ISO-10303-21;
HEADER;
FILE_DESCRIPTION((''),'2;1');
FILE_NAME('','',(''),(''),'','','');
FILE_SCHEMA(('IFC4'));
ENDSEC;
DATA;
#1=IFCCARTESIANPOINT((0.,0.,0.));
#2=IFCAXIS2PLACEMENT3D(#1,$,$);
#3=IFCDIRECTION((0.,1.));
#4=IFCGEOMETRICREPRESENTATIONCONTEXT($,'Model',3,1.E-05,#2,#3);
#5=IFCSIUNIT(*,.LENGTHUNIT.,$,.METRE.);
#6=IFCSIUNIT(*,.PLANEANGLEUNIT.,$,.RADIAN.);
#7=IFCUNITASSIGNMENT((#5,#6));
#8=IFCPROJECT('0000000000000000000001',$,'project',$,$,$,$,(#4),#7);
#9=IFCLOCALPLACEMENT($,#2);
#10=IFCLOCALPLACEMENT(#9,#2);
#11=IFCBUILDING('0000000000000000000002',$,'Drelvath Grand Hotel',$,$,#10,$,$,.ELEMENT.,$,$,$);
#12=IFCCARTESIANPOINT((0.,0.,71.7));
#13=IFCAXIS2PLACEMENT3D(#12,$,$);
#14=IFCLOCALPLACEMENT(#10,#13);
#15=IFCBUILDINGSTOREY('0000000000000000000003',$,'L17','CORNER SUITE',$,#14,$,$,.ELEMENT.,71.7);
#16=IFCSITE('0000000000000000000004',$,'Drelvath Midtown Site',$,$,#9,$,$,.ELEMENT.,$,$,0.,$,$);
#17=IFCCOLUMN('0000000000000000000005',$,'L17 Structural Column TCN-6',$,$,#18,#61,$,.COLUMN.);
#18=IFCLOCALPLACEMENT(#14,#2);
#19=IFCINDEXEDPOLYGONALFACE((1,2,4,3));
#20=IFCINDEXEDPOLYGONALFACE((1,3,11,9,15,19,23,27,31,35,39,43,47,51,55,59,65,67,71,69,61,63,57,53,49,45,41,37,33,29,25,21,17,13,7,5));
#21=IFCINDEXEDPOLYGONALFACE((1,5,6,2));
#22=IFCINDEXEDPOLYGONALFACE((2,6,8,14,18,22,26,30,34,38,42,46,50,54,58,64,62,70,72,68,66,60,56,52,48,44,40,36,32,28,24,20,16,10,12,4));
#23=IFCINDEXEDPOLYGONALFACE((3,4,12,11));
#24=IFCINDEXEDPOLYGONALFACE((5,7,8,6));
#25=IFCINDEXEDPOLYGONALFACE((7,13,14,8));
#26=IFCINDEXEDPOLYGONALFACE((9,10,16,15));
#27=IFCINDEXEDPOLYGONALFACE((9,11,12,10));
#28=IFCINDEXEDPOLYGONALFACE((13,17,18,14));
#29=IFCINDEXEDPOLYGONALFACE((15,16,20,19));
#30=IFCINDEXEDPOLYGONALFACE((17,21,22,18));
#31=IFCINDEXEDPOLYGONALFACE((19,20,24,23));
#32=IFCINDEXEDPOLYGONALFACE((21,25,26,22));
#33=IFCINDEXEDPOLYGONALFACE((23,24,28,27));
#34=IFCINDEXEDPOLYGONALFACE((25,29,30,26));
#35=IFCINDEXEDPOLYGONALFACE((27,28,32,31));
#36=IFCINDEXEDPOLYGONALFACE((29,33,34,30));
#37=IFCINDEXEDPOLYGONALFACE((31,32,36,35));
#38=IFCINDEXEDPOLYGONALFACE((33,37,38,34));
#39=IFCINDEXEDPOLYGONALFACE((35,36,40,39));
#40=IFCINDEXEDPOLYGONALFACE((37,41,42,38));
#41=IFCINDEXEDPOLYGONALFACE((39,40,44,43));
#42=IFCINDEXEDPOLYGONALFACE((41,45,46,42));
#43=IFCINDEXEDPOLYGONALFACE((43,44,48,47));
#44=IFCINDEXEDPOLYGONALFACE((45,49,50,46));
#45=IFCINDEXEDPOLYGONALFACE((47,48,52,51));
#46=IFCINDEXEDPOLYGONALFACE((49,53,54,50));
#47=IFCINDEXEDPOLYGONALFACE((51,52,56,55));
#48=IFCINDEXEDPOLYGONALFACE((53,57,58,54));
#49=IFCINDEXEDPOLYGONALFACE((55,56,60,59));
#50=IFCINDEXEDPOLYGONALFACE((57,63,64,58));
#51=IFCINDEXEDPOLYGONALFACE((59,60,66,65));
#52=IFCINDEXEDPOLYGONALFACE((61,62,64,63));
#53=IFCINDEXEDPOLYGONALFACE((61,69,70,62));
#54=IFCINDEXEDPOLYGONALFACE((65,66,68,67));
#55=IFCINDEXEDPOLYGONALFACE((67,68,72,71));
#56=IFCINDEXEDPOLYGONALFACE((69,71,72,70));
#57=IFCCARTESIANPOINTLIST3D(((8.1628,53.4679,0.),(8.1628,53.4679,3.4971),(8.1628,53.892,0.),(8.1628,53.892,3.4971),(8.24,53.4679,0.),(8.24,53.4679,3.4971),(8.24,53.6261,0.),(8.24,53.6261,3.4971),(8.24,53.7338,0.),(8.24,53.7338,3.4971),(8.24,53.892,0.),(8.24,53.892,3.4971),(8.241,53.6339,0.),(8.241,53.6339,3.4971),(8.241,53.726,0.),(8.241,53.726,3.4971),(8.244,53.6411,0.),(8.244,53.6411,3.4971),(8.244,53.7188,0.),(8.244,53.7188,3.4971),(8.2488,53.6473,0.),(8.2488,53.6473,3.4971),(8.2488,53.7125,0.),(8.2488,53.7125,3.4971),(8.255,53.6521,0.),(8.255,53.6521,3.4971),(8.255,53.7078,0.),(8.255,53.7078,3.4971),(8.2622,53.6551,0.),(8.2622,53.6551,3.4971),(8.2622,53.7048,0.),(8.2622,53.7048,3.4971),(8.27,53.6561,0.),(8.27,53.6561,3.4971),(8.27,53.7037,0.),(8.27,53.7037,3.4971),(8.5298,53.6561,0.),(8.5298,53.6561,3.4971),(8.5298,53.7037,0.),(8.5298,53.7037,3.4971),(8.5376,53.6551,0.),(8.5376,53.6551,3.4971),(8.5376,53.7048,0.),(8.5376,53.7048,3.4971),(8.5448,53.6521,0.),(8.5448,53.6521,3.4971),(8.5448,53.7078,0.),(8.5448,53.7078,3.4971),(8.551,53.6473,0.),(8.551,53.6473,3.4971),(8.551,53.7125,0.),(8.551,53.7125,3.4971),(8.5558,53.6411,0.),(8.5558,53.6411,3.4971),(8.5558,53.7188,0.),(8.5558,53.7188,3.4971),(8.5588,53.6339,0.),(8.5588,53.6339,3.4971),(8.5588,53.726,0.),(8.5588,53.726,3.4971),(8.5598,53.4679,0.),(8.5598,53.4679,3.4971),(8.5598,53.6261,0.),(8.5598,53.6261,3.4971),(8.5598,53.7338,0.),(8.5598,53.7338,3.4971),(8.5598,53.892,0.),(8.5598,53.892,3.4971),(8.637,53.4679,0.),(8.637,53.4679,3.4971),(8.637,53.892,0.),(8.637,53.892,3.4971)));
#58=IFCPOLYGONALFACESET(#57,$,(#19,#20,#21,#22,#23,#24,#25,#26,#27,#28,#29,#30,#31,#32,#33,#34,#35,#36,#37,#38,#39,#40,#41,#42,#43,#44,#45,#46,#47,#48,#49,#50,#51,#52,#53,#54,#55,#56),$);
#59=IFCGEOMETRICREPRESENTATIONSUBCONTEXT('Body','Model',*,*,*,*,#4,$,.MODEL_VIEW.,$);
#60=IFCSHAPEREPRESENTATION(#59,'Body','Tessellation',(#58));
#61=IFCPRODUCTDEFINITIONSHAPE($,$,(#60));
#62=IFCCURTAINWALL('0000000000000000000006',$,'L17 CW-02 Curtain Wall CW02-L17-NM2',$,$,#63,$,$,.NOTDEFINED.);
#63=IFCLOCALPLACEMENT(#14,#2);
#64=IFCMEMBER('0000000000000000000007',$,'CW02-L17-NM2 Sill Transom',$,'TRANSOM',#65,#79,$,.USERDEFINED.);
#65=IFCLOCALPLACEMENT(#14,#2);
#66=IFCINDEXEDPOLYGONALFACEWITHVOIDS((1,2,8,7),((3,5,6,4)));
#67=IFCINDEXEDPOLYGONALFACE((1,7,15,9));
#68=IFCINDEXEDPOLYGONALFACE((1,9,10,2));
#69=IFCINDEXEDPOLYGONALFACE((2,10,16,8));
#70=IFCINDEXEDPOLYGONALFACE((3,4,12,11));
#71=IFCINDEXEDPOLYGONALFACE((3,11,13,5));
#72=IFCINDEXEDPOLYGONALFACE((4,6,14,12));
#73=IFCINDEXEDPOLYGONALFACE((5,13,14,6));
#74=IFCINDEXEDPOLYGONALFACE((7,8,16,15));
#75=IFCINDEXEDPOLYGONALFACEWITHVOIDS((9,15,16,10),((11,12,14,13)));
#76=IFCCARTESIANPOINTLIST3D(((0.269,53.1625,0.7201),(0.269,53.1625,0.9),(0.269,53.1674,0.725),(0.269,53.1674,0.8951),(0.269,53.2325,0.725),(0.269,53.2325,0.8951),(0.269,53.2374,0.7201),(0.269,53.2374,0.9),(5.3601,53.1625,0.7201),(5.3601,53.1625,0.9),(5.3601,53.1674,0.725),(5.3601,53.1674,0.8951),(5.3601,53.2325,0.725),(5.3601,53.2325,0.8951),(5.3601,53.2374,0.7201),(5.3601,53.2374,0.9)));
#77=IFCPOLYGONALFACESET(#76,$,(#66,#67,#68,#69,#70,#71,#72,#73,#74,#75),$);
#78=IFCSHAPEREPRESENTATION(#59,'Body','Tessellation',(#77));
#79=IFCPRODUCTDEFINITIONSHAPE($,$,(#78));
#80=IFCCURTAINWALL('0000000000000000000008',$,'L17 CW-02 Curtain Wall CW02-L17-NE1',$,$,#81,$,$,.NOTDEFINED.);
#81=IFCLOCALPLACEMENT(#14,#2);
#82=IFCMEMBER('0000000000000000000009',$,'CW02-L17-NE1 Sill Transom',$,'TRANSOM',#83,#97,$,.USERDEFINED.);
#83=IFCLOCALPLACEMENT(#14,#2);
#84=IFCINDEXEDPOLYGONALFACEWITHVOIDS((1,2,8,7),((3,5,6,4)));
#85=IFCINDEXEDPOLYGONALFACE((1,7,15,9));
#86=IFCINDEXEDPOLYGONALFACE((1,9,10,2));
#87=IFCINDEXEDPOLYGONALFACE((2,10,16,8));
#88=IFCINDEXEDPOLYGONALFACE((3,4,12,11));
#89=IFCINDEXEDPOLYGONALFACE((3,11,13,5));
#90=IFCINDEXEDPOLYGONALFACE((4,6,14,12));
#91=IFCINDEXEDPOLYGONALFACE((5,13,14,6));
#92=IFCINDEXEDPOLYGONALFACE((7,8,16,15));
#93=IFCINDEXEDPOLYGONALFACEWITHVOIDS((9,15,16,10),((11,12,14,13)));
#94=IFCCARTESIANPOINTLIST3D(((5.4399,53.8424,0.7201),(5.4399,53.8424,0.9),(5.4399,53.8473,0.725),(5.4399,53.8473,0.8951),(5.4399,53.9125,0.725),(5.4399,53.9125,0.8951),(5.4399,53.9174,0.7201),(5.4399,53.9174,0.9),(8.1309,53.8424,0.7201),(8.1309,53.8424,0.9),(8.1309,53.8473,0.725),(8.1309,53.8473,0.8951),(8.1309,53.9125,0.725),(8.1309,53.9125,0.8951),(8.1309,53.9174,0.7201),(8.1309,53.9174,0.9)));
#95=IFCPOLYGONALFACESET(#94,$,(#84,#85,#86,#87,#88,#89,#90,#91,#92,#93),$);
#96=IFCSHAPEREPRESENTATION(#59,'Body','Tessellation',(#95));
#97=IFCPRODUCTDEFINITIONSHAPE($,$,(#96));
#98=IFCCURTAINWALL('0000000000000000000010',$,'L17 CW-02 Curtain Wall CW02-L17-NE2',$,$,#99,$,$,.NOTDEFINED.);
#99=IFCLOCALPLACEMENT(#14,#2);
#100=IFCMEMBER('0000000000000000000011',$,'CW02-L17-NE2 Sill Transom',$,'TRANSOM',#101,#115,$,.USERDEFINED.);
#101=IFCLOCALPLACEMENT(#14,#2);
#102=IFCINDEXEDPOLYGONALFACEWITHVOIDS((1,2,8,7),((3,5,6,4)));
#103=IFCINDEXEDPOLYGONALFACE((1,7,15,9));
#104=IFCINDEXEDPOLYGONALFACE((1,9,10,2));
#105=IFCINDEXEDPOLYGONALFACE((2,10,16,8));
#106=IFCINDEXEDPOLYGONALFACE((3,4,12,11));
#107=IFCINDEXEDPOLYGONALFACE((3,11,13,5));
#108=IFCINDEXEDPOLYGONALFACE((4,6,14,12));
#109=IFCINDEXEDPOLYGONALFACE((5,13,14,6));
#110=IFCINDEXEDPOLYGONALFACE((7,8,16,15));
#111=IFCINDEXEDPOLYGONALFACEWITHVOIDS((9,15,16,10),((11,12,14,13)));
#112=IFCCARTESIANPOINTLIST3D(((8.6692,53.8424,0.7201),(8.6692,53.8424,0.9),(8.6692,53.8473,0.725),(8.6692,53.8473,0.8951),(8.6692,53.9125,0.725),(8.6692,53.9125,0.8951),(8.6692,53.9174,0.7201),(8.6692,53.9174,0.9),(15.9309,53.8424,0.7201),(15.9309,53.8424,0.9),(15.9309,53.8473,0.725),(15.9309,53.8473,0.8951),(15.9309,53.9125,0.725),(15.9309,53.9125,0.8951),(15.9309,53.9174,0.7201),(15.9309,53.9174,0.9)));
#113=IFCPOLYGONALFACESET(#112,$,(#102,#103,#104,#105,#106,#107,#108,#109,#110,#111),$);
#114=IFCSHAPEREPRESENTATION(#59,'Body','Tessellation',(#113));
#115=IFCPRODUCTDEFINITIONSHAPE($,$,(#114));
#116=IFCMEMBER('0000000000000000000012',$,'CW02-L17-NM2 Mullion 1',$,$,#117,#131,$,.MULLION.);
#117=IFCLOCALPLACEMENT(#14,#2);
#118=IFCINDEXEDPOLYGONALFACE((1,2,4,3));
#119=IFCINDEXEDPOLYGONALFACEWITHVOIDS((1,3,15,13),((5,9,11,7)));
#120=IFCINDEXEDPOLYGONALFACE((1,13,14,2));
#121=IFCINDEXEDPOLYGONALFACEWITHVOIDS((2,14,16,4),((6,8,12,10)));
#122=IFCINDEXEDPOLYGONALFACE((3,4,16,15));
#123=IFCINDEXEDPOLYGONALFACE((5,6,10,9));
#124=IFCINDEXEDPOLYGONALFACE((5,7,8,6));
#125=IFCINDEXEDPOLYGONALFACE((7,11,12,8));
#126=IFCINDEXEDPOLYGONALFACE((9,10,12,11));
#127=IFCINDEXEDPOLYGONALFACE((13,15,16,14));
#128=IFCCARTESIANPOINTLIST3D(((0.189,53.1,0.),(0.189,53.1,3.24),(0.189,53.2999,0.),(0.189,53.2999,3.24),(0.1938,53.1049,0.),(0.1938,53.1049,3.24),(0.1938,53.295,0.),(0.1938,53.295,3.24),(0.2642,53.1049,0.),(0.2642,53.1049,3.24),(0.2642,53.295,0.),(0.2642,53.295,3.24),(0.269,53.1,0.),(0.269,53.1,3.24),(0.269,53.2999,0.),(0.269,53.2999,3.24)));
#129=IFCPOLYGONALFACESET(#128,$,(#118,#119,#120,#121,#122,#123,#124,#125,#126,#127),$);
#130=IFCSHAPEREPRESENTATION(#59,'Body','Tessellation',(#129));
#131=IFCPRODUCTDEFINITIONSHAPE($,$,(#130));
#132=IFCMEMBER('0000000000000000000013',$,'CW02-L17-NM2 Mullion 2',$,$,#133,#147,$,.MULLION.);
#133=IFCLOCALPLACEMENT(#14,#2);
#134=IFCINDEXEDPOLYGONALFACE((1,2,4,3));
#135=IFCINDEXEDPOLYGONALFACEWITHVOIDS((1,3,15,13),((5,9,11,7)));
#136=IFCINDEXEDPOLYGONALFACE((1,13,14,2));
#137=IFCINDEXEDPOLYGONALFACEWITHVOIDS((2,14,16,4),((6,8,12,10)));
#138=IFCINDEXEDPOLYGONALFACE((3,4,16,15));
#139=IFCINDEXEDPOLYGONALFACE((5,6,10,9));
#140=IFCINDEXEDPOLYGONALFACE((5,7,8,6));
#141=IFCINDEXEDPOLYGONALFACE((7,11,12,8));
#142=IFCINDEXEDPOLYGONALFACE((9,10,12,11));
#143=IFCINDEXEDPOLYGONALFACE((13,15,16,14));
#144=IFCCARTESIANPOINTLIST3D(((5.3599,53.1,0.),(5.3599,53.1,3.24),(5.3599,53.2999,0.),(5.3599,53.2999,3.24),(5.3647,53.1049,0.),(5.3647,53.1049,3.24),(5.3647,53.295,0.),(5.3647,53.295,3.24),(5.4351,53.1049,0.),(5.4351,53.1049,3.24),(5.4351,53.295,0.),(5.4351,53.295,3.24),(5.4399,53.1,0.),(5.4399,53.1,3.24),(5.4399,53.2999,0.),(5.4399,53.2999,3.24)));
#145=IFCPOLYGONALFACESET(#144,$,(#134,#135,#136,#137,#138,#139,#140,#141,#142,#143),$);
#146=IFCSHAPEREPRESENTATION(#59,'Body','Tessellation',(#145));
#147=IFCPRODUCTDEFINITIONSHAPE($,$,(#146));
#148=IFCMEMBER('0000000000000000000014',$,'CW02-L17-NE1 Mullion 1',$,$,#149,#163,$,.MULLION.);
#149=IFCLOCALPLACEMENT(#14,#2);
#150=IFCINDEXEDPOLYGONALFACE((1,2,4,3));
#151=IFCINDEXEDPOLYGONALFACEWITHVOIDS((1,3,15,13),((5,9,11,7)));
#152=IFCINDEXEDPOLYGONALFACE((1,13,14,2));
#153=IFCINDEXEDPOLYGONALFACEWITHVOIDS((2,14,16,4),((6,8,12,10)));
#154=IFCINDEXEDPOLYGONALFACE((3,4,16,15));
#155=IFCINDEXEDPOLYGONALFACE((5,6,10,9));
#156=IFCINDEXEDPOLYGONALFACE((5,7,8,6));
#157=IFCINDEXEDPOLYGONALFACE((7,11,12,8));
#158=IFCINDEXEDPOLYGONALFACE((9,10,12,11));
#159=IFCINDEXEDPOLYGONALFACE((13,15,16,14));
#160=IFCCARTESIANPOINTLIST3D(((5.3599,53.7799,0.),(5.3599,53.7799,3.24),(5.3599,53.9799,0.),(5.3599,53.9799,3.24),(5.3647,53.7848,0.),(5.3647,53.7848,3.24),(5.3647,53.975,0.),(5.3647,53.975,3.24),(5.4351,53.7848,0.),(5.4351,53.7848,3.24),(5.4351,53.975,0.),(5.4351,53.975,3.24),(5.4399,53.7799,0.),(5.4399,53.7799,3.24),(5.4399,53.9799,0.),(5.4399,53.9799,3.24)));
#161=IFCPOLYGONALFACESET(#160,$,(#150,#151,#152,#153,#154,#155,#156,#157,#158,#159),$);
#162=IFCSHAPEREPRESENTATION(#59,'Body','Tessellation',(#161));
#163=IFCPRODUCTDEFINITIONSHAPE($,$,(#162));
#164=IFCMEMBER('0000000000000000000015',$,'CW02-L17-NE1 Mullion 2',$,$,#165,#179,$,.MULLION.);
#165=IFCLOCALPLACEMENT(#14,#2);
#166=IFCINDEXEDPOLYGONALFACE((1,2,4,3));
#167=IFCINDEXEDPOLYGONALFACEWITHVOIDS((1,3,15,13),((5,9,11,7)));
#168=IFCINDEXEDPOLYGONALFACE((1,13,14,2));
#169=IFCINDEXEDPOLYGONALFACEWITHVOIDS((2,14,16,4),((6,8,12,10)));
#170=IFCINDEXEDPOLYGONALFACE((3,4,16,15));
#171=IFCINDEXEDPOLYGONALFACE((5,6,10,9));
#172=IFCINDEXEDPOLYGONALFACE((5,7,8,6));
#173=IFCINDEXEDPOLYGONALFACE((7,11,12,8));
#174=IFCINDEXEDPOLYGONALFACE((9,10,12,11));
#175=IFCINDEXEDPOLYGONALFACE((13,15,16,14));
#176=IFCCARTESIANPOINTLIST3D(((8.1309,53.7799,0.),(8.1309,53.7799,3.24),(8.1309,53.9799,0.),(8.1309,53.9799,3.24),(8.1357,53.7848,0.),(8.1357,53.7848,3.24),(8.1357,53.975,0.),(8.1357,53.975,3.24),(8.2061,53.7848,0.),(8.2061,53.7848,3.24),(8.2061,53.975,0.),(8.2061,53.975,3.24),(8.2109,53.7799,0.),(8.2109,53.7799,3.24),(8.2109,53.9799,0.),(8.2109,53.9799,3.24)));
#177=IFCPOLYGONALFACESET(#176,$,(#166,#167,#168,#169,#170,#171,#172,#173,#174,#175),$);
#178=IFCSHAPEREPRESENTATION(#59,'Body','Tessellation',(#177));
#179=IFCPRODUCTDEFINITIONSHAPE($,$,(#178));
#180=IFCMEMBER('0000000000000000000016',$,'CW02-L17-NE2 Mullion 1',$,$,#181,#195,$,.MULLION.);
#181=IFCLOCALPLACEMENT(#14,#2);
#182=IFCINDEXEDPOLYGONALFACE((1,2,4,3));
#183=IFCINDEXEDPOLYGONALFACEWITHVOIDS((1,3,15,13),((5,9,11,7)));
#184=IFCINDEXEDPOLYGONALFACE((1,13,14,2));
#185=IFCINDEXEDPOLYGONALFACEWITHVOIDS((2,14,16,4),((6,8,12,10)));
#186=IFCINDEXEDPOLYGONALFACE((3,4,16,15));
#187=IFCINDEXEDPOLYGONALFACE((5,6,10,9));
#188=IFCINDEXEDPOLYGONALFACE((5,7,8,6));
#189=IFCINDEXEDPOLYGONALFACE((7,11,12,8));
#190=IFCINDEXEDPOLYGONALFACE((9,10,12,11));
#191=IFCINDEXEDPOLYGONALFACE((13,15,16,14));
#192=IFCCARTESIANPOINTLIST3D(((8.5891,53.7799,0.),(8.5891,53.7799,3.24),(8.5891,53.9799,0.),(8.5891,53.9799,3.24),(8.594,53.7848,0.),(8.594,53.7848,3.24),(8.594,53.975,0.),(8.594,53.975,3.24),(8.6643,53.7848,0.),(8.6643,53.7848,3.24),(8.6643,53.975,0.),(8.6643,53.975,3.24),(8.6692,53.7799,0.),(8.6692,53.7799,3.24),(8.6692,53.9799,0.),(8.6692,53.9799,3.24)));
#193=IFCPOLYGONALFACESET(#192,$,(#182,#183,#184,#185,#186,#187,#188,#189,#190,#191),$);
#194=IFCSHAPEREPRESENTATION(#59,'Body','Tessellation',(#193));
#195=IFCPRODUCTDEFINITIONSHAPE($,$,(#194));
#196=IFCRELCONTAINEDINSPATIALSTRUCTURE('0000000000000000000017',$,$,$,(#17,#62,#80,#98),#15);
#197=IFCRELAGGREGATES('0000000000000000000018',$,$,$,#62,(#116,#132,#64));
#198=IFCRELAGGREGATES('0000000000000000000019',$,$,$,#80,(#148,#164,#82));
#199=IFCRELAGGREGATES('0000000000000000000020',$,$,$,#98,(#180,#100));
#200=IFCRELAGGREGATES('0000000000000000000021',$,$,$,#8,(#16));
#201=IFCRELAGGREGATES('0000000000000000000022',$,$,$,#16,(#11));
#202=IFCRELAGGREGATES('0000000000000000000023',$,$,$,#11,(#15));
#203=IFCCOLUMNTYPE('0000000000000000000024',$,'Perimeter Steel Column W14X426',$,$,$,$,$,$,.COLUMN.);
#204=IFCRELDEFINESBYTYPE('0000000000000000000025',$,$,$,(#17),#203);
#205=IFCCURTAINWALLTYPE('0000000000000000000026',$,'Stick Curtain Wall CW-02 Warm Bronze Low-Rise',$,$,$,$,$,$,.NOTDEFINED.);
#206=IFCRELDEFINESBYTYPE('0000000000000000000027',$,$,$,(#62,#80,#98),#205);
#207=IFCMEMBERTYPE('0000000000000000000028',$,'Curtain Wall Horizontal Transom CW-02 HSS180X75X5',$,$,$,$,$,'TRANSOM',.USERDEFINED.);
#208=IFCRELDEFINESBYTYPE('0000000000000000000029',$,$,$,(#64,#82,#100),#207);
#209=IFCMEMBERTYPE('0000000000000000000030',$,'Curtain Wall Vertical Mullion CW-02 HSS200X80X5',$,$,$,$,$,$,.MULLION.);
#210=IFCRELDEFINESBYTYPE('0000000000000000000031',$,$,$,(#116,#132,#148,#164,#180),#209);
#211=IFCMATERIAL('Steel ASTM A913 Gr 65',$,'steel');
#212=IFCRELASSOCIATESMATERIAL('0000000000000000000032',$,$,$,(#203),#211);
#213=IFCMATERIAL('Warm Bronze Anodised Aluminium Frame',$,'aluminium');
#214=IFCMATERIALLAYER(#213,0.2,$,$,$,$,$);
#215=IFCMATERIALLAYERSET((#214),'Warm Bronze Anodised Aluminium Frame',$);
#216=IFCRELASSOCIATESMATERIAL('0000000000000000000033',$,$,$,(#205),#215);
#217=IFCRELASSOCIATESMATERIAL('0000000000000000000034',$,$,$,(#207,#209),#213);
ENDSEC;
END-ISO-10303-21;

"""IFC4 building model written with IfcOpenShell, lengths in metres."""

from ifc_helpers import new_model, si_unit, direction, frame, origin, origin_2d, place, context, subcontext, project, spatial, hollow_rectangle, i_section, extrude, material, layer, layer_set, material_profile, profile_set, type_object, element, aggregate, save


model = new_model("IFC4")

# Units and contexts
model_context = context("Model", 3, precision=1e-05, world=origin(), true_north=direction((0.0, 1.0)))
body_context = subcontext(model_context, "Body", "Model", "MODEL_VIEW")
ifc_project = project(units=[si_unit("LENGTHUNIT", "METRE"), si_unit("PLANEANGLEUNIT", "RADIAN")], contexts=[model_context])

# Site, building, storey
site_placement = place(None, origin())
site = spatial("IfcSite", under=ifc_project, at=site_placement, Name="Drelvath Midtown Site", CompositionType="ELEMENT", RefElevation=0.0)
building_placement = place(site_placement, origin())
building = spatial("IfcBuilding", under=site, at=building_placement, Name="Drelvath Grand Hotel", CompositionType="ELEMENT")
storey_placement = place(building_placement, frame((0.0, 0.0, 71.7)))
storey = spatial("IfcBuildingStorey", under=building, at=storey_placement, Name="L17", Description="CORNER SUITE", CompositionType="ELEMENT", Elevation=71.7)

# Column
ifc_material_1 = material(Name="Steel ASTM A913 Gr 65", Category="steel")
ifc_material_profile_1 = material_profile(ifc_material_1, i_section(OverallWidth=0.4241, OverallDepth=0.4741, WebThickness=0.0476, FlangeThickness=0.0771, FilletRadius=0.03, at=origin_2d()), Name="W14X426")
ifc_profile_set_1 = profile_set([ifc_material_profile_1], Name="Steel ASTM A913 Gr 65")
column_type = type_object("IfcColumnType", Name="Perimeter Steel Column W14X426", PredefinedType="COLUMN", material=ifc_profile_set_1)
column_placement = place(storey_placement, frame((8.3999, 53.6799, 0.0), z_axis=(0.0, 0.0, 1.0), x_axis=(0.0, 1.0, 0.0)))
element("IfcColumn", 1, at=column_placement, inside=storey, type_object=column_type, Name="L17 Structural Column TCN-6", PredefinedType="COLUMN", context=body_context, shape_type="SweptSolid", body=[
    extrude(i_section(OverallWidth=0.4241, OverallDepth=0.4741, WebThickness=0.0476, FlangeThickness=0.0771, FilletRadius=0.03, at=origin_2d()), origin(), (0.0, 0.0, 1.0), 3.4971),
])

# Curtain walls, members
ifc_material_2 = material(Name="Warm Bronze Anodised Aluminium Frame", Category="aluminium")
ifc_layer_1 = layer(ifc_material_2, 0.2)
ifc_layer_set_1 = layer_set([ifc_layer_1], Name="Warm Bronze Anodised Aluminium Frame")
curtain_wall_type = type_object("IfcCurtainWallType", Name="Stick Curtain Wall CW-02 Warm Bronze Low-Rise", PredefinedType="NOTDEFINED", material=ifc_layer_set_1)
curtain_wall_1_placement = place(storey_placement, origin())
curtain_wall_1 = element("IfcCurtainWall", 2, at=curtain_wall_1_placement, inside=storey, type_object=curtain_wall_type, Name="L17 CW-02 Curtain Wall CW02-L17-NM2", PredefinedType="NOTDEFINED")
ifc_material_profile_2 = material_profile(ifc_material_2, hollow_rectangle(XDim=0.075, YDim=0.1799, WallThickness=0.0049, at=origin_2d()), Name="HSS180X75X5")
ifc_profile_set_2 = profile_set([ifc_material_profile_2], Name="Warm Bronze Anodised Aluminium Frame")
member_type_1 = type_object("IfcMemberType", Name="Curtain Wall Horizontal Transom CW-02 HSS180X75X5", ElementType="TRANSOM", PredefinedType="USERDEFINED", material=ifc_profile_set_2)
member_1_placement = place(storey_placement, frame((0.269, 53.2, 0.8101), z_axis=(1.0, 0.0, 0.0), x_axis=(0.0, 1.0, 0.0)))
member_1 = element("IfcMember", 3, at=member_1_placement, type_object=member_type_1, Name="CW02-L17-NM2 Sill Transom", ObjectType="TRANSOM", PredefinedType="USERDEFINED", context=body_context, shape_type="SweptSolid", body=[
    extrude(hollow_rectangle(XDim=0.075, YDim=0.1799, WallThickness=0.0049, at=origin_2d()), origin(), (0.0, 0.0, 1.0), 5.0911),
])
curtain_wall_2_placement = place(storey_placement, origin())
curtain_wall_2 = element("IfcCurtainWall", 4, at=curtain_wall_2_placement, inside=storey, type_object=curtain_wall_type, Name="L17 CW-02 Curtain Wall CW02-L17-NE1", PredefinedType="NOTDEFINED")
member_2_placement = place(storey_placement, frame((5.4399, 53.8799, 0.8101), z_axis=(1.0, 0.0, 0.0), x_axis=(0.0, 1.0, 0.0)))
member_2 = element("IfcMember", 5, at=member_2_placement, type_object=member_type_1, Name="CW02-L17-NE1 Sill Transom", ObjectType="TRANSOM", PredefinedType="USERDEFINED", context=body_context, shape_type="SweptSolid", body=[
    extrude(hollow_rectangle(XDim=0.075, YDim=0.1799, WallThickness=0.0049, at=origin_2d()), origin(), (0.0, 0.0, 1.0), 2.6909),
])
curtain_wall_3_placement = place(storey_placement, origin())
curtain_wall_3 = element("IfcCurtainWall", 6, at=curtain_wall_3_placement, inside=storey, type_object=curtain_wall_type, Name="L17 CW-02 Curtain Wall CW02-L17-NE2", PredefinedType="NOTDEFINED")
member_3_placement = place(storey_placement, frame((8.6692, 53.8799, 0.8101), z_axis=(1.0, 0.0, 0.0), x_axis=(0.0, 1.0, 0.0)))
member_3 = element("IfcMember", 7, at=member_3_placement, type_object=member_type_1, Name="CW02-L17-NE2 Sill Transom", ObjectType="TRANSOM", PredefinedType="USERDEFINED", context=body_context, shape_type="SweptSolid", body=[
    extrude(hollow_rectangle(XDim=0.075, YDim=0.1799, WallThickness=0.0049, at=origin_2d()), origin(), (0.0, 0.0, 1.0), 7.2617),
])

# Members
ifc_material_profile_3 = material_profile(ifc_material_2, hollow_rectangle(XDim=0.0801, YDim=0.2, WallThickness=0.0049, at=origin_2d()), Name="HSS200X80X5")
ifc_profile_set_3 = profile_set([ifc_material_profile_3], Name="Warm Bronze Anodised Aluminium Frame")
member_type_2 = type_object("IfcMemberType", Name="Curtain Wall Vertical Mullion CW-02 HSS200X80X5", PredefinedType="MULLION", material=ifc_profile_set_3)
member_4_placement = place(storey_placement, frame((0.229, 53.2, 0.0), z_axis=(0.0, 0.0, 1.0), x_axis=(1.0, 0.0, 0.0)))
member_4 = element("IfcMember", 8, at=member_4_placement, type_object=member_type_2, Name="CW02-L17-NM2 Mullion 1", PredefinedType="MULLION", context=body_context, shape_type="SweptSolid", body=[
    extrude(hollow_rectangle(XDim=0.0801, YDim=0.2, WallThickness=0.0049, at=origin_2d()), origin(), (0.0, 0.0, 1.0), 3.24),
])
member_5_placement = place(storey_placement, frame((5.3999, 53.2, 0.0), z_axis=(0.0, 0.0, 1.0), x_axis=(1.0, 0.0, 0.0)))
member_5 = element("IfcMember", 9, at=member_5_placement, type_object=member_type_2, Name="CW02-L17-NM2 Mullion 2", PredefinedType="MULLION", context=body_context, shape_type="SweptSolid", body=[
    extrude(hollow_rectangle(XDim=0.0801, YDim=0.2, WallThickness=0.0049, at=origin_2d()), origin(), (0.0, 0.0, 1.0), 3.24),
])
member_6_placement = place(storey_placement, frame((5.3999, 53.8799, 0.0), z_axis=(0.0, 0.0, 1.0), x_axis=(1.0, 0.0, 0.0)))
member_6 = element("IfcMember", 10, at=member_6_placement, type_object=member_type_2, Name="CW02-L17-NE1 Mullion 1", PredefinedType="MULLION", context=body_context, shape_type="SweptSolid", body=[
    extrude(hollow_rectangle(XDim=0.0801, YDim=0.2, WallThickness=0.0049, at=origin_2d()), origin(), (0.0, 0.0, 1.0), 3.24),
])
member_7_placement = place(storey_placement, frame((8.1709, 53.8799, 0.0), z_axis=(0.0, 0.0, 1.0), x_axis=(1.0, 0.0, 0.0)))
member_7 = element("IfcMember", 11, at=member_7_placement, type_object=member_type_2, Name="CW02-L17-NE1 Mullion 2", PredefinedType="MULLION", context=body_context, shape_type="SweptSolid", body=[
    extrude(hollow_rectangle(XDim=0.0801, YDim=0.2, WallThickness=0.0049, at=origin_2d()), origin(), (0.0, 0.0, 1.0), 3.24),
])
member_8_placement = place(storey_placement, frame((8.6292, 53.8799, 0.0), z_axis=(0.0, 0.0, 1.0), x_axis=(1.0, 0.0, 0.0)))
member_8 = element("IfcMember", 12, at=member_8_placement, type_object=member_type_2, Name="CW02-L17-NE2 Mullion 1", PredefinedType="MULLION", context=body_context, shape_type="SweptSolid", body=[
    extrude(hollow_rectangle(XDim=0.0801, YDim=0.2, WallThickness=0.0049, at=origin_2d()), origin(), (0.0, 0.0, 1.0), 3.24),
])

aggregate(curtain_wall_1, [member_4, member_5, member_1])
aggregate(curtain_wall_2, [member_6, member_7, member_2])
aggregate(curtain_wall_3, [member_8, member_3])

save(model, "model.ifc")
